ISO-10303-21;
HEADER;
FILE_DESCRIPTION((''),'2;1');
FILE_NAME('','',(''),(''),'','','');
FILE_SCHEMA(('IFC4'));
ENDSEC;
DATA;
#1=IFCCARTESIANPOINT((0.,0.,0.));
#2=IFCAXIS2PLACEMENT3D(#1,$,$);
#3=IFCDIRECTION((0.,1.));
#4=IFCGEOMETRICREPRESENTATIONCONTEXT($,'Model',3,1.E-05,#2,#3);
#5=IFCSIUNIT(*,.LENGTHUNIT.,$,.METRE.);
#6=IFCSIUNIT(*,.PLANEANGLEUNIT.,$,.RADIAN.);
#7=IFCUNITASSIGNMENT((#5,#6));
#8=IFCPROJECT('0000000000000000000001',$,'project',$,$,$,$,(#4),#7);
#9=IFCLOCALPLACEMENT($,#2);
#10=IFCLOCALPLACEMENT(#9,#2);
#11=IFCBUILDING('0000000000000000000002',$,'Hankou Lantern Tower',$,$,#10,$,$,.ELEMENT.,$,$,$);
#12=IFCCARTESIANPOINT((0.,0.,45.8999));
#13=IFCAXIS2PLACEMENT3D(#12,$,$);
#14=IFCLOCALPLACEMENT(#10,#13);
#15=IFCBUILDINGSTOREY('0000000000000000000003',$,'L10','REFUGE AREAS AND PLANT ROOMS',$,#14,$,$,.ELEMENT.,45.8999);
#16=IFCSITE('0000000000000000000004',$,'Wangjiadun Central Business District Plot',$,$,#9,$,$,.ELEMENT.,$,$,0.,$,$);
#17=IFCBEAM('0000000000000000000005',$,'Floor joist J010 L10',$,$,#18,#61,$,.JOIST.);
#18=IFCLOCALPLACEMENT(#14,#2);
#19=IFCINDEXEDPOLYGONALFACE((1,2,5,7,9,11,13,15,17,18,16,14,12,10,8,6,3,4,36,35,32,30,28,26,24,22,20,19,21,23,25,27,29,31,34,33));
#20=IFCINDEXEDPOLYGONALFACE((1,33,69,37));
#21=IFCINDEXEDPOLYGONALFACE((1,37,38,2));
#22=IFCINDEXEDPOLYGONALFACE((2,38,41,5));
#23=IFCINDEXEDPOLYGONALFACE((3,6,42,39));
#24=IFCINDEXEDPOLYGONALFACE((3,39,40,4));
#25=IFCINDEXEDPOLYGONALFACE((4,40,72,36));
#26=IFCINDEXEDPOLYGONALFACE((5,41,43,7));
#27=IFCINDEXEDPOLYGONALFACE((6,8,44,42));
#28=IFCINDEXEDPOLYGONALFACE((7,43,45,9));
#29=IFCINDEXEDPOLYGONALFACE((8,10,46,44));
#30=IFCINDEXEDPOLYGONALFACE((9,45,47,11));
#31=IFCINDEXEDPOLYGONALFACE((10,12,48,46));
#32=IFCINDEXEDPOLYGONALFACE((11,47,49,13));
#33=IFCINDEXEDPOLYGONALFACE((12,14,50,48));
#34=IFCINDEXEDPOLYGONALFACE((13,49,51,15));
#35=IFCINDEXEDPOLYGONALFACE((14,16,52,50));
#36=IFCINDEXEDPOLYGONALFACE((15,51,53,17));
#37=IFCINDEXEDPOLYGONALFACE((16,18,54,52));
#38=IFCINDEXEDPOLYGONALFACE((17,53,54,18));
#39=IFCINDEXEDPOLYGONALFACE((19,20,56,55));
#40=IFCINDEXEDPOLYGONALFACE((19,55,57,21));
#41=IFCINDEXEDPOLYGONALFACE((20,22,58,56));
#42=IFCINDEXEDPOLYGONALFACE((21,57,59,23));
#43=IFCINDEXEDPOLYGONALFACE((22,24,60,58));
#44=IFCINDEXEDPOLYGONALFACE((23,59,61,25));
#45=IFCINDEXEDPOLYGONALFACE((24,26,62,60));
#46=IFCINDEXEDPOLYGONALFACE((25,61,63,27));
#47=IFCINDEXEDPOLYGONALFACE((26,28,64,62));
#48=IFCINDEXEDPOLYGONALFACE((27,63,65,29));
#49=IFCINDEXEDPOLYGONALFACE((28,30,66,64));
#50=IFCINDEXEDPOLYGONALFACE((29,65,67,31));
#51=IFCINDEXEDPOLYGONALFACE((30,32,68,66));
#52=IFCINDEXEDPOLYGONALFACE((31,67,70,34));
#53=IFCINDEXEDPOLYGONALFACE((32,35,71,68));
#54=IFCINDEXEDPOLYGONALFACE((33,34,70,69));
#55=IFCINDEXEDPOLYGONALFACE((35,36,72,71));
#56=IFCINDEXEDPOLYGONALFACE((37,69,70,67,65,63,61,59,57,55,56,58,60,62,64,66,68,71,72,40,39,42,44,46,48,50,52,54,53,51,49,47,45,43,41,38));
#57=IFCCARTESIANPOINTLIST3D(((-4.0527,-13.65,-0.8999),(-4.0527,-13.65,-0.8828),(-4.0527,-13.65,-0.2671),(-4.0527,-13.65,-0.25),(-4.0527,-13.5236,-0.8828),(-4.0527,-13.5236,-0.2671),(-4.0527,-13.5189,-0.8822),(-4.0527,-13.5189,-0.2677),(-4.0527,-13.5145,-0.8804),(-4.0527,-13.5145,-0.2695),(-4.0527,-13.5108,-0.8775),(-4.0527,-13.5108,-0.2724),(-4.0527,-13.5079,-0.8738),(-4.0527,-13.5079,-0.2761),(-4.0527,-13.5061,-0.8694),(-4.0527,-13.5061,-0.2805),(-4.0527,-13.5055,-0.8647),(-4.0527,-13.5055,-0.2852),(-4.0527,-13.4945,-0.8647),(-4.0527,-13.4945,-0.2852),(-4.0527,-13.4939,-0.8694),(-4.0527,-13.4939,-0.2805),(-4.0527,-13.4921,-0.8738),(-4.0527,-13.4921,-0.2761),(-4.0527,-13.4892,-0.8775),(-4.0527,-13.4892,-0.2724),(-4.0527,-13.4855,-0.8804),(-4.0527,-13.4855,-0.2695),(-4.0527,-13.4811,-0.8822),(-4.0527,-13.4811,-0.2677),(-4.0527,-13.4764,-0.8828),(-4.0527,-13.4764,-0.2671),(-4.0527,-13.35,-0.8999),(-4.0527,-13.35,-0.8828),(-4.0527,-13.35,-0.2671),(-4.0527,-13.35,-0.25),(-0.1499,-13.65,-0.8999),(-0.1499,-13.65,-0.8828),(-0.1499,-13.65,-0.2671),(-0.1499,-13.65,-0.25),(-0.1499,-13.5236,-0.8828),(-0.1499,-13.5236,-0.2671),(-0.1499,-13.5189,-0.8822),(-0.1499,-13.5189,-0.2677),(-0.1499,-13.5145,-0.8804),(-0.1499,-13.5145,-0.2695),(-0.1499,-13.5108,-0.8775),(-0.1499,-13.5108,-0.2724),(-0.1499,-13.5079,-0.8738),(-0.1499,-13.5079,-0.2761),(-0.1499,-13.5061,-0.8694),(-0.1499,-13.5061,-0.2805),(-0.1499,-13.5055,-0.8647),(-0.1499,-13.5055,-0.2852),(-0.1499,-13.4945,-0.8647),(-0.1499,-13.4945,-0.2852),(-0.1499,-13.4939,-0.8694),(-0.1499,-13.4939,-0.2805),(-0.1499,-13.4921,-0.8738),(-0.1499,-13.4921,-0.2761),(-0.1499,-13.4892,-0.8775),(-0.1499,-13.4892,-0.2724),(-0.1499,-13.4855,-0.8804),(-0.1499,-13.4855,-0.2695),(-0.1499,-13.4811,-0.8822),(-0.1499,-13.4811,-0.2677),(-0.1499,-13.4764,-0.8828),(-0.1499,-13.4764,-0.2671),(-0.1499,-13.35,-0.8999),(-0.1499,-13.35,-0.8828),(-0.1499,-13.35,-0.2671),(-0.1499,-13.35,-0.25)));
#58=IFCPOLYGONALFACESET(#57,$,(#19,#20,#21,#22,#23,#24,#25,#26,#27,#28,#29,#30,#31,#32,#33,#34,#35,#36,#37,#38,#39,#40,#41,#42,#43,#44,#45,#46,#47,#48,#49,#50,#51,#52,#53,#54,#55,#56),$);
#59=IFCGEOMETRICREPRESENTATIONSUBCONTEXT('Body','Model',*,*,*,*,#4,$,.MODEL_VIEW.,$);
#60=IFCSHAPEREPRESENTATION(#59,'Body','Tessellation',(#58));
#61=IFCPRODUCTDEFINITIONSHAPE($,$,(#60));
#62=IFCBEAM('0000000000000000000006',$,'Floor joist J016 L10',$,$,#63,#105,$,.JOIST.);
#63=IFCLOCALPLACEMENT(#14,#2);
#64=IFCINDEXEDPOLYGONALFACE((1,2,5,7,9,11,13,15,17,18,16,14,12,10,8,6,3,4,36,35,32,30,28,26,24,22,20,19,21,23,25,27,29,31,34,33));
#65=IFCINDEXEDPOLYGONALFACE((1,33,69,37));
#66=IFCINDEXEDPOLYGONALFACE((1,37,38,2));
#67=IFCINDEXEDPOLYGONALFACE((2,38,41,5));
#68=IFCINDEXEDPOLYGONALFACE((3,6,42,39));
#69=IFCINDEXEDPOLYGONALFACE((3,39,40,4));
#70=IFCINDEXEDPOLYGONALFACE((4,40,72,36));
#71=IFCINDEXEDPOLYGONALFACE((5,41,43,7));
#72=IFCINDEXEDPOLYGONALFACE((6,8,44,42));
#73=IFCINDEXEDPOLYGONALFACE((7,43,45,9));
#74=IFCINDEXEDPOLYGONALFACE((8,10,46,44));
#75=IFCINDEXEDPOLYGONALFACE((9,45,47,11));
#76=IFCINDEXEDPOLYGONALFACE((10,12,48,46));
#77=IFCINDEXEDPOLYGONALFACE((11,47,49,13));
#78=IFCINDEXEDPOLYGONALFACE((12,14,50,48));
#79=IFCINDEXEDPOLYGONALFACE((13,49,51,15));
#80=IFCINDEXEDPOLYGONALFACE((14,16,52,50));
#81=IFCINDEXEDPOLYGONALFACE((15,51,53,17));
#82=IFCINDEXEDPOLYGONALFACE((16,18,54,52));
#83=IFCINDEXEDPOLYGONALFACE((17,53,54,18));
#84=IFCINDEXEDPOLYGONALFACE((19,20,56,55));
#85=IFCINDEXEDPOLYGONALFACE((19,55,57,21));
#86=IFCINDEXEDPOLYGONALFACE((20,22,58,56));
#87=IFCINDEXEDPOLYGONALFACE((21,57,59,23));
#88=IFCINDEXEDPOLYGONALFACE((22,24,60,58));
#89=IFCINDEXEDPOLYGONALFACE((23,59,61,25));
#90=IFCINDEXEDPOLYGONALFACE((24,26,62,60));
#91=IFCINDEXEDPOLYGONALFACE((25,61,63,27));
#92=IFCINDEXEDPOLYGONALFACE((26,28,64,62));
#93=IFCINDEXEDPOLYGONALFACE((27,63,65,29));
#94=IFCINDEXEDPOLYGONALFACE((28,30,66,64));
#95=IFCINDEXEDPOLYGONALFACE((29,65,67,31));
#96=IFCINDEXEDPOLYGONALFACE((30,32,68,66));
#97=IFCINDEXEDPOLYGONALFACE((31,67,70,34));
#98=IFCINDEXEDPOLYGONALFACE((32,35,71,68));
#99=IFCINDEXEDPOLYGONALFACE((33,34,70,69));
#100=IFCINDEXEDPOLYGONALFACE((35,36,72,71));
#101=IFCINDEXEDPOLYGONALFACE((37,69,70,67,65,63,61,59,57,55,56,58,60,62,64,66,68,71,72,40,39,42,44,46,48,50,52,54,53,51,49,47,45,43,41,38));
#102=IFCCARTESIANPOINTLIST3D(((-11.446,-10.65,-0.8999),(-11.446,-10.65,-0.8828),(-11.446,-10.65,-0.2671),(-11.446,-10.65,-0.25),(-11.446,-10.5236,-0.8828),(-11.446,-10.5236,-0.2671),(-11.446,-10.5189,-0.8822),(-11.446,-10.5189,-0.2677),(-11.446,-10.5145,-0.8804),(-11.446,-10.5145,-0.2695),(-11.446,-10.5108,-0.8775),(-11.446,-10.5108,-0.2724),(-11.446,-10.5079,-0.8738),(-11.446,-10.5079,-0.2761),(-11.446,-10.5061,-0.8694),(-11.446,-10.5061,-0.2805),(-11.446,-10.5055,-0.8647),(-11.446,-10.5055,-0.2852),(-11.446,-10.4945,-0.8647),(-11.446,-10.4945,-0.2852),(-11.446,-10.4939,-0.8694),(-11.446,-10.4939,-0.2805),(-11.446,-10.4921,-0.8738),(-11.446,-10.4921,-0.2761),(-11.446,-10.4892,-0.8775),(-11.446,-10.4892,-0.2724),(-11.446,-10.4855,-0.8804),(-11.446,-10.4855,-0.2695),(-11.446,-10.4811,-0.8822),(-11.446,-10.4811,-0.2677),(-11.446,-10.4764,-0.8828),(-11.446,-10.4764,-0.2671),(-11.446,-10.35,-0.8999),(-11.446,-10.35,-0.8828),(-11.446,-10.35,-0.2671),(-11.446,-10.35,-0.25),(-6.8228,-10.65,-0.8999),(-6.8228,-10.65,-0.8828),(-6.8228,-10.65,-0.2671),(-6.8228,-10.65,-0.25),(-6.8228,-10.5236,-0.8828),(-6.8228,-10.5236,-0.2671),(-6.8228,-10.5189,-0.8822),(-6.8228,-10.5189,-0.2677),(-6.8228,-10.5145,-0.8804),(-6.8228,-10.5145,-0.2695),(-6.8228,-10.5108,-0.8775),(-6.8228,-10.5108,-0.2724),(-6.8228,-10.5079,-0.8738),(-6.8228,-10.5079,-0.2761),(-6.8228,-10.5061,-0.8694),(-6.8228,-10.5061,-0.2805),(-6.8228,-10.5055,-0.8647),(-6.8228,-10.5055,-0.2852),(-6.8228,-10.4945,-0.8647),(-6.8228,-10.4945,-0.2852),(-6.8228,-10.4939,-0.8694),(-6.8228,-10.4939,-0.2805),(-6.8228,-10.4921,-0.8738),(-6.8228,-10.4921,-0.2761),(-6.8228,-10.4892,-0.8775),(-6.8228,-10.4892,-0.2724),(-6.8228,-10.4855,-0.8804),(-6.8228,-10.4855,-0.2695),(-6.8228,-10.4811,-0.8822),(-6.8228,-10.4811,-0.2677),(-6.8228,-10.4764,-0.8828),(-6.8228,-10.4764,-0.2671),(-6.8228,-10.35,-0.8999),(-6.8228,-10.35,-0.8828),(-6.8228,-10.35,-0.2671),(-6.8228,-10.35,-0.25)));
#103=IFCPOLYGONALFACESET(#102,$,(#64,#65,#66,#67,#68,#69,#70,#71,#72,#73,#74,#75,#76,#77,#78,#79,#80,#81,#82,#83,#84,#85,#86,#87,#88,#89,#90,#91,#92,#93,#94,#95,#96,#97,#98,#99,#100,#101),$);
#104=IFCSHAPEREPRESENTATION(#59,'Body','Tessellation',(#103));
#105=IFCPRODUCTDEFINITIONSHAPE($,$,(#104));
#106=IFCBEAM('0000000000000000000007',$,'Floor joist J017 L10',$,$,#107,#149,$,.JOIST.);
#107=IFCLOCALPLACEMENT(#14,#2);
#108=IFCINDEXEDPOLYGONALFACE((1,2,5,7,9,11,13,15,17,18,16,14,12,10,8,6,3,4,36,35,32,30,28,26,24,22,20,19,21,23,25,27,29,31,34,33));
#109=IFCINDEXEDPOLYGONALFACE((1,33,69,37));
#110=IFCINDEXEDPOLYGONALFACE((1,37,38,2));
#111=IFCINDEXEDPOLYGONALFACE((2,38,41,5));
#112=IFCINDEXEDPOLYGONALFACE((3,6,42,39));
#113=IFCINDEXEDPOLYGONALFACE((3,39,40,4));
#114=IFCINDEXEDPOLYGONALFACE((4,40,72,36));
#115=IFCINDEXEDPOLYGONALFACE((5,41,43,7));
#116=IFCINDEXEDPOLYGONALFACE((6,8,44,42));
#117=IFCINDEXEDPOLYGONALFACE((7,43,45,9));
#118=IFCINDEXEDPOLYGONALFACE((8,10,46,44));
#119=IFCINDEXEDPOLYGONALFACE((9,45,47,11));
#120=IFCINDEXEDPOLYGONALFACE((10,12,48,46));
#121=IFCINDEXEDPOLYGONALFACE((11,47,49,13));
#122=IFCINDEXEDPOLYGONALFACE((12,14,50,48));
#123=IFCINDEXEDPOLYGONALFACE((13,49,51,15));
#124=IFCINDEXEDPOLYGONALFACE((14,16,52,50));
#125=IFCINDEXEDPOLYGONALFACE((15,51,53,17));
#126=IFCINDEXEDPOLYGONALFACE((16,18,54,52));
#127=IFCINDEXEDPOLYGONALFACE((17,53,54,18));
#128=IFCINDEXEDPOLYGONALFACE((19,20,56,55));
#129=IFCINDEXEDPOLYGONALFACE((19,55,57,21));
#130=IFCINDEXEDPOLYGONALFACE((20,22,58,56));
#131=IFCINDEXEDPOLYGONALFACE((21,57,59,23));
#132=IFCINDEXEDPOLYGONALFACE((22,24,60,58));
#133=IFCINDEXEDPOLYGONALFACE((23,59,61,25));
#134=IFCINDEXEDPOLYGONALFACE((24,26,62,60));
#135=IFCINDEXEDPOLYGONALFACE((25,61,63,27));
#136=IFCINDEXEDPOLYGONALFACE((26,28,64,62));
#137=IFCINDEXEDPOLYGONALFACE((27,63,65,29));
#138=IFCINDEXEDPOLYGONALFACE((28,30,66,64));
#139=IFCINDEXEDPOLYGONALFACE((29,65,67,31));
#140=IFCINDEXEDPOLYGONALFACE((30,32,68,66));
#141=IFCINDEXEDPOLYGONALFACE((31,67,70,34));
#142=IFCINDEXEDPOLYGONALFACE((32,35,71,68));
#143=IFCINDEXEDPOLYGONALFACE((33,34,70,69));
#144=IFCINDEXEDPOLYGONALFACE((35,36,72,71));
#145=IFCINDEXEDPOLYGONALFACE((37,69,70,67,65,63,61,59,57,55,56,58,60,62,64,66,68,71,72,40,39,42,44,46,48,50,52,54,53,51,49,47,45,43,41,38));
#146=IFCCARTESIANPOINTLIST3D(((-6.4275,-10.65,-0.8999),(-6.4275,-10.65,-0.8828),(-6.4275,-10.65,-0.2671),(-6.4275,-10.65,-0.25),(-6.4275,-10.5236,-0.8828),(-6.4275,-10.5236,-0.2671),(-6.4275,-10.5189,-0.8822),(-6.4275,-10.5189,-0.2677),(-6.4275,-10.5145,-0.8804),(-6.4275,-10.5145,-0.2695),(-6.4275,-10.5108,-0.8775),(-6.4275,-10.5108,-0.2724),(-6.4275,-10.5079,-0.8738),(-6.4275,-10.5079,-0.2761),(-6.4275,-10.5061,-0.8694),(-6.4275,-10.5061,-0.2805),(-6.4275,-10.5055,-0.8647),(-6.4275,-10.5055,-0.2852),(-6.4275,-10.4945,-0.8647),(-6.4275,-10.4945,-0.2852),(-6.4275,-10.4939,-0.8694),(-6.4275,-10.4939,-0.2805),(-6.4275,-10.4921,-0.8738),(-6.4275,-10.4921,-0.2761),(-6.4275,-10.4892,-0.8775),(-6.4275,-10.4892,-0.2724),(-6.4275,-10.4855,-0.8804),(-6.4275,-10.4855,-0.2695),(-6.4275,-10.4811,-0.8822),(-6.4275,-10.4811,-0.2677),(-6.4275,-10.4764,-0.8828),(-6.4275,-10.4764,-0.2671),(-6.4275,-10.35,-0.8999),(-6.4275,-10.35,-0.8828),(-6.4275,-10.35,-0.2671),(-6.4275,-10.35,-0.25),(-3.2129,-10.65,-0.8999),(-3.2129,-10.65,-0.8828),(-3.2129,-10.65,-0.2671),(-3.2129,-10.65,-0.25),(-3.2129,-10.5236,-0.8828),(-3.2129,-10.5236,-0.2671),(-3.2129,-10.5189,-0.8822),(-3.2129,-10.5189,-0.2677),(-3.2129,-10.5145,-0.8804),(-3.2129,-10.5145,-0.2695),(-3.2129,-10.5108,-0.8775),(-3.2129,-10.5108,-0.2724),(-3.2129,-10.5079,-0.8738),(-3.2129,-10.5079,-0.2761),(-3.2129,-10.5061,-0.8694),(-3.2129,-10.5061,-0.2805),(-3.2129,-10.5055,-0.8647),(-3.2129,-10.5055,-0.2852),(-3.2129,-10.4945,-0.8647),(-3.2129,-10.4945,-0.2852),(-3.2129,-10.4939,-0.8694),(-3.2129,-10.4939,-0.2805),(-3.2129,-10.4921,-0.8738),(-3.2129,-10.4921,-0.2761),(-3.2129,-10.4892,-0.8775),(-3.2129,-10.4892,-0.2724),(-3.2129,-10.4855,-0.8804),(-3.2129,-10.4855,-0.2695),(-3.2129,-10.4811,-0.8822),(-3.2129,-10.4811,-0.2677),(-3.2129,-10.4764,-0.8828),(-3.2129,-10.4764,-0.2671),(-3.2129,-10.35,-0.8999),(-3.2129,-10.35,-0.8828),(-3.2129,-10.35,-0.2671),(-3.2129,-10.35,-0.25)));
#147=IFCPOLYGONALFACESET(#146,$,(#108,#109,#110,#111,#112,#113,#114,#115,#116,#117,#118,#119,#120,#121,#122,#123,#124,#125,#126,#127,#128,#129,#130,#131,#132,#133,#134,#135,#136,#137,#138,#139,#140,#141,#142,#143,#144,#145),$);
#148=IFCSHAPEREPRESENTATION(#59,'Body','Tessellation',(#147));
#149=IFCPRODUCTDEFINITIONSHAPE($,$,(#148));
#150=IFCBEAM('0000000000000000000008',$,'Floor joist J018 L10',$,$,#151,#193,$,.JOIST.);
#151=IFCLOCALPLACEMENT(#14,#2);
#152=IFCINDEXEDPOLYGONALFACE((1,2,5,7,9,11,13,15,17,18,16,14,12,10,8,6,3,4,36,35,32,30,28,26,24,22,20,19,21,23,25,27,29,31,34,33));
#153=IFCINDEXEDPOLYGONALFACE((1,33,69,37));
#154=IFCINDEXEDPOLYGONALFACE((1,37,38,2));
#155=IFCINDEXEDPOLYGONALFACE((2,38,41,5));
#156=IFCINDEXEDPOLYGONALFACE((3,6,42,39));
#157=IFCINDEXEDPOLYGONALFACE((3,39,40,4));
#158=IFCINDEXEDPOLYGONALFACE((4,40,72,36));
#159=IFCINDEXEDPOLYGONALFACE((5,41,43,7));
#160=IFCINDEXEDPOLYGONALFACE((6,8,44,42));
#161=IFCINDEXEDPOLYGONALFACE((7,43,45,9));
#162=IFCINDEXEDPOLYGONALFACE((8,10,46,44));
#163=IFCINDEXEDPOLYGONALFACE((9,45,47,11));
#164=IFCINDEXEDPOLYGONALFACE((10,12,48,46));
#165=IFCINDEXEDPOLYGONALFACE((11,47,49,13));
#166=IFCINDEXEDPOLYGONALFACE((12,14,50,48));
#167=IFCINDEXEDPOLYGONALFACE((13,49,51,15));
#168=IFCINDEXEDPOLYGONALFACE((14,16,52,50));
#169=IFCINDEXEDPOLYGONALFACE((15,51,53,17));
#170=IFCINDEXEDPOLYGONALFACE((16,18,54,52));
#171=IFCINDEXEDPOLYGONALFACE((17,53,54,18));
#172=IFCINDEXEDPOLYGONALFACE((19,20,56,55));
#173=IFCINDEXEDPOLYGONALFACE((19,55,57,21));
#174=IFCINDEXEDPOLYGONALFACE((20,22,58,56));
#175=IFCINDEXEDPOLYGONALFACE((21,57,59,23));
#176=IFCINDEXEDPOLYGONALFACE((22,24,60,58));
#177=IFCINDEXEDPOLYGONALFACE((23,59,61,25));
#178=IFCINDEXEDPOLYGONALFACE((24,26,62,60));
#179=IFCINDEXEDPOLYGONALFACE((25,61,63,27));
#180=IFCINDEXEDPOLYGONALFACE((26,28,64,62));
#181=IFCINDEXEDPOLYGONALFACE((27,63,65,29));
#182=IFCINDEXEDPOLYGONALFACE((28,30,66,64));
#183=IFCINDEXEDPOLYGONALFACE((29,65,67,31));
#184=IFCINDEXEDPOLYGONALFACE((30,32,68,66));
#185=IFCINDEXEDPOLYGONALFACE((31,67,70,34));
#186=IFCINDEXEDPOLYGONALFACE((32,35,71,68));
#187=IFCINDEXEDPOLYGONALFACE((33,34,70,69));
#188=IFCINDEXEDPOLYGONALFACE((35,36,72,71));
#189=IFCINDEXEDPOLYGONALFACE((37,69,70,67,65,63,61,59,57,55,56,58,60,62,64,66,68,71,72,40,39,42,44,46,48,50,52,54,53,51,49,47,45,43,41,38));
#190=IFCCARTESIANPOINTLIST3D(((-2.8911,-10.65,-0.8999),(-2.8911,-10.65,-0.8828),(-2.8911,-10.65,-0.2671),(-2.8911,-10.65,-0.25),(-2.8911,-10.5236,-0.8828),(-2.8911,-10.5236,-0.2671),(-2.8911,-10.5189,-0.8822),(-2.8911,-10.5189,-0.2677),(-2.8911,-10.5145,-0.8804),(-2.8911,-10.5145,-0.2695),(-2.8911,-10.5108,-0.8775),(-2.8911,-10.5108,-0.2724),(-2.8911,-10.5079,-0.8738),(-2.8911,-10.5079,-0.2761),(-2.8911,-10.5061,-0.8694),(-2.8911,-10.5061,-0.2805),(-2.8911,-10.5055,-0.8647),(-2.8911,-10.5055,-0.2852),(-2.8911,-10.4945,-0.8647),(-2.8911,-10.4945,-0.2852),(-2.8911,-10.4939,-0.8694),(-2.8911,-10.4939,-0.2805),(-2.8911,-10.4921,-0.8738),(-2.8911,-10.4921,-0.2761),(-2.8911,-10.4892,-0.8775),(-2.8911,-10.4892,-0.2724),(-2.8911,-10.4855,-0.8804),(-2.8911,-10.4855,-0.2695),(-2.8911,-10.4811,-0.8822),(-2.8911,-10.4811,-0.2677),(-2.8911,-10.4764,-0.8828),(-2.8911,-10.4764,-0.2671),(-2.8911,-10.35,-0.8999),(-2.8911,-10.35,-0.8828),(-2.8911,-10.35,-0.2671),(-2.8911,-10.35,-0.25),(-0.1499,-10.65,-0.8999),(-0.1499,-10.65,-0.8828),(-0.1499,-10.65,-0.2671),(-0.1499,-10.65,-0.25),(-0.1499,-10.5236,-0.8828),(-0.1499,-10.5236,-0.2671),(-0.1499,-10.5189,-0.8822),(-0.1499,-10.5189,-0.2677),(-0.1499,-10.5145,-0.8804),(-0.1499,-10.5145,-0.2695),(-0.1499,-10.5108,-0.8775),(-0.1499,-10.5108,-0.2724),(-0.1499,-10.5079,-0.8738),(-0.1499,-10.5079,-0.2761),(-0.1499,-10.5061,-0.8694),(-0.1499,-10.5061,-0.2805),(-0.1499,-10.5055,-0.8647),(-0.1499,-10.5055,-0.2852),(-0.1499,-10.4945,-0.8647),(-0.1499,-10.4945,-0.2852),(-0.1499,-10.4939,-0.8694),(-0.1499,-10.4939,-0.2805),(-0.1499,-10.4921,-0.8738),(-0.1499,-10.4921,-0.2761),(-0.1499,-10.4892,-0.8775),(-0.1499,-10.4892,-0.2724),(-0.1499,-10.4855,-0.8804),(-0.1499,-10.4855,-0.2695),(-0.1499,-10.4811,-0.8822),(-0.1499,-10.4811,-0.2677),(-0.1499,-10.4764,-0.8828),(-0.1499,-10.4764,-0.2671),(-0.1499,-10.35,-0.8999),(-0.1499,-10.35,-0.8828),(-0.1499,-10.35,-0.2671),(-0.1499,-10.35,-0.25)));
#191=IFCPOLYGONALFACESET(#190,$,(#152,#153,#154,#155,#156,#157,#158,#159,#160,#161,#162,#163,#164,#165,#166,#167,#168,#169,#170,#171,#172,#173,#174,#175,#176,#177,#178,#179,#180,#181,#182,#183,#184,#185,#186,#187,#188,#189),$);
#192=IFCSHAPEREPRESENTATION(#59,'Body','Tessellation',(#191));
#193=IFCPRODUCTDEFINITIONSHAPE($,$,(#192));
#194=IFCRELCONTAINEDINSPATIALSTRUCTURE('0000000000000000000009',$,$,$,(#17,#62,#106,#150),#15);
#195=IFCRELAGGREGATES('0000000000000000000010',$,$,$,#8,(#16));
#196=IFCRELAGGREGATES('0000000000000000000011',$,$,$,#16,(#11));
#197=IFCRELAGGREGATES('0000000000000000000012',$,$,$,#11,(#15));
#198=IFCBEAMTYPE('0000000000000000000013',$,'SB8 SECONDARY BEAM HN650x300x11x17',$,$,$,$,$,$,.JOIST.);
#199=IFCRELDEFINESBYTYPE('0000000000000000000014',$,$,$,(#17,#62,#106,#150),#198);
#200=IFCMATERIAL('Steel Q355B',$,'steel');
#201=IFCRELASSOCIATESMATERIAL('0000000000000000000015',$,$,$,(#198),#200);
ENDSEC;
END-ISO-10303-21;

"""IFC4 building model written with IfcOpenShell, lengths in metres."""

from ifc_helpers import new_model, si_unit, direction, frame, origin, origin_2d, place, context, subcontext, project, spatial, i_section, extrude, material, material_profile, profile_set, type_object, element, save


model = new_model("IFC4")

# Units and contexts
model_context = context("Model", 3, precision=1e-05, world=origin(), true_north=direction((0.0, 1.0)))
body_context = subcontext(model_context, "Body", "Model", "MODEL_VIEW")
ifc_project = project(units=[si_unit("LENGTHUNIT", "METRE"), si_unit("PLANEANGLEUNIT", "RADIAN")], contexts=[model_context])

# Site, building, storey
site_placement = place(None, origin())
site = spatial("IfcSite", under=ifc_project, at=site_placement, Name="Wangjiadun Central Business District Plot", CompositionType="ELEMENT", RefElevation=0.0)
building_placement = place(site_placement, origin())
building = spatial("IfcBuilding", under=site, at=building_placement, Name="Hankou Lantern Tower", CompositionType="ELEMENT")
storey_placement = place(building_placement, frame((0.0, 0.0, 45.8999)))
storey = spatial("IfcBuildingStorey", under=building, at=storey_placement, Name="L10", Description="REFUGE AREAS AND PLANT ROOMS", CompositionType="ELEMENT", Elevation=45.8999)

# Beams
ifc_material_1 = material(Name="Steel Q355B", Category="steel")
ifc_material_profile_1 = material_profile(ifc_material_1, i_section(OverallWidth=0.3, OverallDepth=0.6499, WebThickness=0.011, FlangeThickness=0.0171, FilletRadius=0.0181, at=origin_2d()), Name="HN650x300x11x17")
ifc_profile_set_1 = profile_set([ifc_material_profile_1], Name="Steel Q355B")
beam_type_1 = type_object("IfcBeamType", Name="SB8 SECONDARY BEAM HN650x300x11x17", PredefinedType="JOIST", material=ifc_profile_set_1)
beam_1_placement = place(storey_placement, frame((-4.0527, -13.5, -0.575), z_axis=(1.0, 0.0, 0.0), x_axis=(0.0, 1.0, 0.0)))
element("IfcBeam", 1, at=beam_1_placement, inside=storey, type_object=beam_type_1, Name="Floor joist J010 L10", PredefinedType="JOIST", context=body_context, shape_type="SweptSolid", body=[
    extrude(i_section(OverallWidth=0.3, OverallDepth=0.6499, WebThickness=0.011, FlangeThickness=0.0171, FilletRadius=0.0181, at=origin_2d()), origin(), (0.0, 0.0, 1.0), 3.9028),
])
beam_2_placement = place(storey_placement, frame((-11.446, -10.5, -0.575), z_axis=(1.0, 0.0, 0.0), x_axis=(0.0, 1.0, 0.0)))
element("IfcBeam", 2, at=beam_2_placement, inside=storey, type_object=beam_type_1, Name="Floor joist J016 L10", PredefinedType="JOIST", context=body_context, shape_type="SweptSolid", body=[
    extrude(i_section(OverallWidth=0.3, OverallDepth=0.6499, WebThickness=0.011, FlangeThickness=0.0171, FilletRadius=0.0181, at=origin_2d()), origin(), (0.0, 0.0, 1.0), 4.6233),
])
beam_3_placement = place(storey_placement, frame((-6.4275, -10.5, -0.575), z_axis=(1.0, 0.0, 0.0), x_axis=(0.0, 1.0, 0.0)))
element("IfcBeam", 3, at=beam_3_placement, inside=storey, type_object=beam_type_1, Name="Floor joist J017 L10", PredefinedType="JOIST", context=body_context, shape_type="SweptSolid", body=[
    extrude(i_section(OverallWidth=0.3, OverallDepth=0.6499, WebThickness=0.011, FlangeThickness=0.0171, FilletRadius=0.0181, at=origin_2d()), origin(), (0.0, 0.0, 1.0), 3.2146),
])
beam_4_placement = place(storey_placement, frame((-2.8911, -10.5, -0.575), z_axis=(1.0, 0.0, 0.0), x_axis=(0.0, 1.0, 0.0)))
element("IfcBeam", 4, at=beam_4_placement, inside=storey, type_object=beam_type_1, Name="Floor joist J018 L10", PredefinedType="JOIST", context=body_context, shape_type="SweptSolid", body=[
    extrude(i_section(OverallWidth=0.3, OverallDepth=0.6499, WebThickness=0.011, FlangeThickness=0.0171, FilletRadius=0.0181, at=origin_2d()), origin(), (0.0, 0.0, 1.0), 2.7412),
])

save(model, "model.ifc")
